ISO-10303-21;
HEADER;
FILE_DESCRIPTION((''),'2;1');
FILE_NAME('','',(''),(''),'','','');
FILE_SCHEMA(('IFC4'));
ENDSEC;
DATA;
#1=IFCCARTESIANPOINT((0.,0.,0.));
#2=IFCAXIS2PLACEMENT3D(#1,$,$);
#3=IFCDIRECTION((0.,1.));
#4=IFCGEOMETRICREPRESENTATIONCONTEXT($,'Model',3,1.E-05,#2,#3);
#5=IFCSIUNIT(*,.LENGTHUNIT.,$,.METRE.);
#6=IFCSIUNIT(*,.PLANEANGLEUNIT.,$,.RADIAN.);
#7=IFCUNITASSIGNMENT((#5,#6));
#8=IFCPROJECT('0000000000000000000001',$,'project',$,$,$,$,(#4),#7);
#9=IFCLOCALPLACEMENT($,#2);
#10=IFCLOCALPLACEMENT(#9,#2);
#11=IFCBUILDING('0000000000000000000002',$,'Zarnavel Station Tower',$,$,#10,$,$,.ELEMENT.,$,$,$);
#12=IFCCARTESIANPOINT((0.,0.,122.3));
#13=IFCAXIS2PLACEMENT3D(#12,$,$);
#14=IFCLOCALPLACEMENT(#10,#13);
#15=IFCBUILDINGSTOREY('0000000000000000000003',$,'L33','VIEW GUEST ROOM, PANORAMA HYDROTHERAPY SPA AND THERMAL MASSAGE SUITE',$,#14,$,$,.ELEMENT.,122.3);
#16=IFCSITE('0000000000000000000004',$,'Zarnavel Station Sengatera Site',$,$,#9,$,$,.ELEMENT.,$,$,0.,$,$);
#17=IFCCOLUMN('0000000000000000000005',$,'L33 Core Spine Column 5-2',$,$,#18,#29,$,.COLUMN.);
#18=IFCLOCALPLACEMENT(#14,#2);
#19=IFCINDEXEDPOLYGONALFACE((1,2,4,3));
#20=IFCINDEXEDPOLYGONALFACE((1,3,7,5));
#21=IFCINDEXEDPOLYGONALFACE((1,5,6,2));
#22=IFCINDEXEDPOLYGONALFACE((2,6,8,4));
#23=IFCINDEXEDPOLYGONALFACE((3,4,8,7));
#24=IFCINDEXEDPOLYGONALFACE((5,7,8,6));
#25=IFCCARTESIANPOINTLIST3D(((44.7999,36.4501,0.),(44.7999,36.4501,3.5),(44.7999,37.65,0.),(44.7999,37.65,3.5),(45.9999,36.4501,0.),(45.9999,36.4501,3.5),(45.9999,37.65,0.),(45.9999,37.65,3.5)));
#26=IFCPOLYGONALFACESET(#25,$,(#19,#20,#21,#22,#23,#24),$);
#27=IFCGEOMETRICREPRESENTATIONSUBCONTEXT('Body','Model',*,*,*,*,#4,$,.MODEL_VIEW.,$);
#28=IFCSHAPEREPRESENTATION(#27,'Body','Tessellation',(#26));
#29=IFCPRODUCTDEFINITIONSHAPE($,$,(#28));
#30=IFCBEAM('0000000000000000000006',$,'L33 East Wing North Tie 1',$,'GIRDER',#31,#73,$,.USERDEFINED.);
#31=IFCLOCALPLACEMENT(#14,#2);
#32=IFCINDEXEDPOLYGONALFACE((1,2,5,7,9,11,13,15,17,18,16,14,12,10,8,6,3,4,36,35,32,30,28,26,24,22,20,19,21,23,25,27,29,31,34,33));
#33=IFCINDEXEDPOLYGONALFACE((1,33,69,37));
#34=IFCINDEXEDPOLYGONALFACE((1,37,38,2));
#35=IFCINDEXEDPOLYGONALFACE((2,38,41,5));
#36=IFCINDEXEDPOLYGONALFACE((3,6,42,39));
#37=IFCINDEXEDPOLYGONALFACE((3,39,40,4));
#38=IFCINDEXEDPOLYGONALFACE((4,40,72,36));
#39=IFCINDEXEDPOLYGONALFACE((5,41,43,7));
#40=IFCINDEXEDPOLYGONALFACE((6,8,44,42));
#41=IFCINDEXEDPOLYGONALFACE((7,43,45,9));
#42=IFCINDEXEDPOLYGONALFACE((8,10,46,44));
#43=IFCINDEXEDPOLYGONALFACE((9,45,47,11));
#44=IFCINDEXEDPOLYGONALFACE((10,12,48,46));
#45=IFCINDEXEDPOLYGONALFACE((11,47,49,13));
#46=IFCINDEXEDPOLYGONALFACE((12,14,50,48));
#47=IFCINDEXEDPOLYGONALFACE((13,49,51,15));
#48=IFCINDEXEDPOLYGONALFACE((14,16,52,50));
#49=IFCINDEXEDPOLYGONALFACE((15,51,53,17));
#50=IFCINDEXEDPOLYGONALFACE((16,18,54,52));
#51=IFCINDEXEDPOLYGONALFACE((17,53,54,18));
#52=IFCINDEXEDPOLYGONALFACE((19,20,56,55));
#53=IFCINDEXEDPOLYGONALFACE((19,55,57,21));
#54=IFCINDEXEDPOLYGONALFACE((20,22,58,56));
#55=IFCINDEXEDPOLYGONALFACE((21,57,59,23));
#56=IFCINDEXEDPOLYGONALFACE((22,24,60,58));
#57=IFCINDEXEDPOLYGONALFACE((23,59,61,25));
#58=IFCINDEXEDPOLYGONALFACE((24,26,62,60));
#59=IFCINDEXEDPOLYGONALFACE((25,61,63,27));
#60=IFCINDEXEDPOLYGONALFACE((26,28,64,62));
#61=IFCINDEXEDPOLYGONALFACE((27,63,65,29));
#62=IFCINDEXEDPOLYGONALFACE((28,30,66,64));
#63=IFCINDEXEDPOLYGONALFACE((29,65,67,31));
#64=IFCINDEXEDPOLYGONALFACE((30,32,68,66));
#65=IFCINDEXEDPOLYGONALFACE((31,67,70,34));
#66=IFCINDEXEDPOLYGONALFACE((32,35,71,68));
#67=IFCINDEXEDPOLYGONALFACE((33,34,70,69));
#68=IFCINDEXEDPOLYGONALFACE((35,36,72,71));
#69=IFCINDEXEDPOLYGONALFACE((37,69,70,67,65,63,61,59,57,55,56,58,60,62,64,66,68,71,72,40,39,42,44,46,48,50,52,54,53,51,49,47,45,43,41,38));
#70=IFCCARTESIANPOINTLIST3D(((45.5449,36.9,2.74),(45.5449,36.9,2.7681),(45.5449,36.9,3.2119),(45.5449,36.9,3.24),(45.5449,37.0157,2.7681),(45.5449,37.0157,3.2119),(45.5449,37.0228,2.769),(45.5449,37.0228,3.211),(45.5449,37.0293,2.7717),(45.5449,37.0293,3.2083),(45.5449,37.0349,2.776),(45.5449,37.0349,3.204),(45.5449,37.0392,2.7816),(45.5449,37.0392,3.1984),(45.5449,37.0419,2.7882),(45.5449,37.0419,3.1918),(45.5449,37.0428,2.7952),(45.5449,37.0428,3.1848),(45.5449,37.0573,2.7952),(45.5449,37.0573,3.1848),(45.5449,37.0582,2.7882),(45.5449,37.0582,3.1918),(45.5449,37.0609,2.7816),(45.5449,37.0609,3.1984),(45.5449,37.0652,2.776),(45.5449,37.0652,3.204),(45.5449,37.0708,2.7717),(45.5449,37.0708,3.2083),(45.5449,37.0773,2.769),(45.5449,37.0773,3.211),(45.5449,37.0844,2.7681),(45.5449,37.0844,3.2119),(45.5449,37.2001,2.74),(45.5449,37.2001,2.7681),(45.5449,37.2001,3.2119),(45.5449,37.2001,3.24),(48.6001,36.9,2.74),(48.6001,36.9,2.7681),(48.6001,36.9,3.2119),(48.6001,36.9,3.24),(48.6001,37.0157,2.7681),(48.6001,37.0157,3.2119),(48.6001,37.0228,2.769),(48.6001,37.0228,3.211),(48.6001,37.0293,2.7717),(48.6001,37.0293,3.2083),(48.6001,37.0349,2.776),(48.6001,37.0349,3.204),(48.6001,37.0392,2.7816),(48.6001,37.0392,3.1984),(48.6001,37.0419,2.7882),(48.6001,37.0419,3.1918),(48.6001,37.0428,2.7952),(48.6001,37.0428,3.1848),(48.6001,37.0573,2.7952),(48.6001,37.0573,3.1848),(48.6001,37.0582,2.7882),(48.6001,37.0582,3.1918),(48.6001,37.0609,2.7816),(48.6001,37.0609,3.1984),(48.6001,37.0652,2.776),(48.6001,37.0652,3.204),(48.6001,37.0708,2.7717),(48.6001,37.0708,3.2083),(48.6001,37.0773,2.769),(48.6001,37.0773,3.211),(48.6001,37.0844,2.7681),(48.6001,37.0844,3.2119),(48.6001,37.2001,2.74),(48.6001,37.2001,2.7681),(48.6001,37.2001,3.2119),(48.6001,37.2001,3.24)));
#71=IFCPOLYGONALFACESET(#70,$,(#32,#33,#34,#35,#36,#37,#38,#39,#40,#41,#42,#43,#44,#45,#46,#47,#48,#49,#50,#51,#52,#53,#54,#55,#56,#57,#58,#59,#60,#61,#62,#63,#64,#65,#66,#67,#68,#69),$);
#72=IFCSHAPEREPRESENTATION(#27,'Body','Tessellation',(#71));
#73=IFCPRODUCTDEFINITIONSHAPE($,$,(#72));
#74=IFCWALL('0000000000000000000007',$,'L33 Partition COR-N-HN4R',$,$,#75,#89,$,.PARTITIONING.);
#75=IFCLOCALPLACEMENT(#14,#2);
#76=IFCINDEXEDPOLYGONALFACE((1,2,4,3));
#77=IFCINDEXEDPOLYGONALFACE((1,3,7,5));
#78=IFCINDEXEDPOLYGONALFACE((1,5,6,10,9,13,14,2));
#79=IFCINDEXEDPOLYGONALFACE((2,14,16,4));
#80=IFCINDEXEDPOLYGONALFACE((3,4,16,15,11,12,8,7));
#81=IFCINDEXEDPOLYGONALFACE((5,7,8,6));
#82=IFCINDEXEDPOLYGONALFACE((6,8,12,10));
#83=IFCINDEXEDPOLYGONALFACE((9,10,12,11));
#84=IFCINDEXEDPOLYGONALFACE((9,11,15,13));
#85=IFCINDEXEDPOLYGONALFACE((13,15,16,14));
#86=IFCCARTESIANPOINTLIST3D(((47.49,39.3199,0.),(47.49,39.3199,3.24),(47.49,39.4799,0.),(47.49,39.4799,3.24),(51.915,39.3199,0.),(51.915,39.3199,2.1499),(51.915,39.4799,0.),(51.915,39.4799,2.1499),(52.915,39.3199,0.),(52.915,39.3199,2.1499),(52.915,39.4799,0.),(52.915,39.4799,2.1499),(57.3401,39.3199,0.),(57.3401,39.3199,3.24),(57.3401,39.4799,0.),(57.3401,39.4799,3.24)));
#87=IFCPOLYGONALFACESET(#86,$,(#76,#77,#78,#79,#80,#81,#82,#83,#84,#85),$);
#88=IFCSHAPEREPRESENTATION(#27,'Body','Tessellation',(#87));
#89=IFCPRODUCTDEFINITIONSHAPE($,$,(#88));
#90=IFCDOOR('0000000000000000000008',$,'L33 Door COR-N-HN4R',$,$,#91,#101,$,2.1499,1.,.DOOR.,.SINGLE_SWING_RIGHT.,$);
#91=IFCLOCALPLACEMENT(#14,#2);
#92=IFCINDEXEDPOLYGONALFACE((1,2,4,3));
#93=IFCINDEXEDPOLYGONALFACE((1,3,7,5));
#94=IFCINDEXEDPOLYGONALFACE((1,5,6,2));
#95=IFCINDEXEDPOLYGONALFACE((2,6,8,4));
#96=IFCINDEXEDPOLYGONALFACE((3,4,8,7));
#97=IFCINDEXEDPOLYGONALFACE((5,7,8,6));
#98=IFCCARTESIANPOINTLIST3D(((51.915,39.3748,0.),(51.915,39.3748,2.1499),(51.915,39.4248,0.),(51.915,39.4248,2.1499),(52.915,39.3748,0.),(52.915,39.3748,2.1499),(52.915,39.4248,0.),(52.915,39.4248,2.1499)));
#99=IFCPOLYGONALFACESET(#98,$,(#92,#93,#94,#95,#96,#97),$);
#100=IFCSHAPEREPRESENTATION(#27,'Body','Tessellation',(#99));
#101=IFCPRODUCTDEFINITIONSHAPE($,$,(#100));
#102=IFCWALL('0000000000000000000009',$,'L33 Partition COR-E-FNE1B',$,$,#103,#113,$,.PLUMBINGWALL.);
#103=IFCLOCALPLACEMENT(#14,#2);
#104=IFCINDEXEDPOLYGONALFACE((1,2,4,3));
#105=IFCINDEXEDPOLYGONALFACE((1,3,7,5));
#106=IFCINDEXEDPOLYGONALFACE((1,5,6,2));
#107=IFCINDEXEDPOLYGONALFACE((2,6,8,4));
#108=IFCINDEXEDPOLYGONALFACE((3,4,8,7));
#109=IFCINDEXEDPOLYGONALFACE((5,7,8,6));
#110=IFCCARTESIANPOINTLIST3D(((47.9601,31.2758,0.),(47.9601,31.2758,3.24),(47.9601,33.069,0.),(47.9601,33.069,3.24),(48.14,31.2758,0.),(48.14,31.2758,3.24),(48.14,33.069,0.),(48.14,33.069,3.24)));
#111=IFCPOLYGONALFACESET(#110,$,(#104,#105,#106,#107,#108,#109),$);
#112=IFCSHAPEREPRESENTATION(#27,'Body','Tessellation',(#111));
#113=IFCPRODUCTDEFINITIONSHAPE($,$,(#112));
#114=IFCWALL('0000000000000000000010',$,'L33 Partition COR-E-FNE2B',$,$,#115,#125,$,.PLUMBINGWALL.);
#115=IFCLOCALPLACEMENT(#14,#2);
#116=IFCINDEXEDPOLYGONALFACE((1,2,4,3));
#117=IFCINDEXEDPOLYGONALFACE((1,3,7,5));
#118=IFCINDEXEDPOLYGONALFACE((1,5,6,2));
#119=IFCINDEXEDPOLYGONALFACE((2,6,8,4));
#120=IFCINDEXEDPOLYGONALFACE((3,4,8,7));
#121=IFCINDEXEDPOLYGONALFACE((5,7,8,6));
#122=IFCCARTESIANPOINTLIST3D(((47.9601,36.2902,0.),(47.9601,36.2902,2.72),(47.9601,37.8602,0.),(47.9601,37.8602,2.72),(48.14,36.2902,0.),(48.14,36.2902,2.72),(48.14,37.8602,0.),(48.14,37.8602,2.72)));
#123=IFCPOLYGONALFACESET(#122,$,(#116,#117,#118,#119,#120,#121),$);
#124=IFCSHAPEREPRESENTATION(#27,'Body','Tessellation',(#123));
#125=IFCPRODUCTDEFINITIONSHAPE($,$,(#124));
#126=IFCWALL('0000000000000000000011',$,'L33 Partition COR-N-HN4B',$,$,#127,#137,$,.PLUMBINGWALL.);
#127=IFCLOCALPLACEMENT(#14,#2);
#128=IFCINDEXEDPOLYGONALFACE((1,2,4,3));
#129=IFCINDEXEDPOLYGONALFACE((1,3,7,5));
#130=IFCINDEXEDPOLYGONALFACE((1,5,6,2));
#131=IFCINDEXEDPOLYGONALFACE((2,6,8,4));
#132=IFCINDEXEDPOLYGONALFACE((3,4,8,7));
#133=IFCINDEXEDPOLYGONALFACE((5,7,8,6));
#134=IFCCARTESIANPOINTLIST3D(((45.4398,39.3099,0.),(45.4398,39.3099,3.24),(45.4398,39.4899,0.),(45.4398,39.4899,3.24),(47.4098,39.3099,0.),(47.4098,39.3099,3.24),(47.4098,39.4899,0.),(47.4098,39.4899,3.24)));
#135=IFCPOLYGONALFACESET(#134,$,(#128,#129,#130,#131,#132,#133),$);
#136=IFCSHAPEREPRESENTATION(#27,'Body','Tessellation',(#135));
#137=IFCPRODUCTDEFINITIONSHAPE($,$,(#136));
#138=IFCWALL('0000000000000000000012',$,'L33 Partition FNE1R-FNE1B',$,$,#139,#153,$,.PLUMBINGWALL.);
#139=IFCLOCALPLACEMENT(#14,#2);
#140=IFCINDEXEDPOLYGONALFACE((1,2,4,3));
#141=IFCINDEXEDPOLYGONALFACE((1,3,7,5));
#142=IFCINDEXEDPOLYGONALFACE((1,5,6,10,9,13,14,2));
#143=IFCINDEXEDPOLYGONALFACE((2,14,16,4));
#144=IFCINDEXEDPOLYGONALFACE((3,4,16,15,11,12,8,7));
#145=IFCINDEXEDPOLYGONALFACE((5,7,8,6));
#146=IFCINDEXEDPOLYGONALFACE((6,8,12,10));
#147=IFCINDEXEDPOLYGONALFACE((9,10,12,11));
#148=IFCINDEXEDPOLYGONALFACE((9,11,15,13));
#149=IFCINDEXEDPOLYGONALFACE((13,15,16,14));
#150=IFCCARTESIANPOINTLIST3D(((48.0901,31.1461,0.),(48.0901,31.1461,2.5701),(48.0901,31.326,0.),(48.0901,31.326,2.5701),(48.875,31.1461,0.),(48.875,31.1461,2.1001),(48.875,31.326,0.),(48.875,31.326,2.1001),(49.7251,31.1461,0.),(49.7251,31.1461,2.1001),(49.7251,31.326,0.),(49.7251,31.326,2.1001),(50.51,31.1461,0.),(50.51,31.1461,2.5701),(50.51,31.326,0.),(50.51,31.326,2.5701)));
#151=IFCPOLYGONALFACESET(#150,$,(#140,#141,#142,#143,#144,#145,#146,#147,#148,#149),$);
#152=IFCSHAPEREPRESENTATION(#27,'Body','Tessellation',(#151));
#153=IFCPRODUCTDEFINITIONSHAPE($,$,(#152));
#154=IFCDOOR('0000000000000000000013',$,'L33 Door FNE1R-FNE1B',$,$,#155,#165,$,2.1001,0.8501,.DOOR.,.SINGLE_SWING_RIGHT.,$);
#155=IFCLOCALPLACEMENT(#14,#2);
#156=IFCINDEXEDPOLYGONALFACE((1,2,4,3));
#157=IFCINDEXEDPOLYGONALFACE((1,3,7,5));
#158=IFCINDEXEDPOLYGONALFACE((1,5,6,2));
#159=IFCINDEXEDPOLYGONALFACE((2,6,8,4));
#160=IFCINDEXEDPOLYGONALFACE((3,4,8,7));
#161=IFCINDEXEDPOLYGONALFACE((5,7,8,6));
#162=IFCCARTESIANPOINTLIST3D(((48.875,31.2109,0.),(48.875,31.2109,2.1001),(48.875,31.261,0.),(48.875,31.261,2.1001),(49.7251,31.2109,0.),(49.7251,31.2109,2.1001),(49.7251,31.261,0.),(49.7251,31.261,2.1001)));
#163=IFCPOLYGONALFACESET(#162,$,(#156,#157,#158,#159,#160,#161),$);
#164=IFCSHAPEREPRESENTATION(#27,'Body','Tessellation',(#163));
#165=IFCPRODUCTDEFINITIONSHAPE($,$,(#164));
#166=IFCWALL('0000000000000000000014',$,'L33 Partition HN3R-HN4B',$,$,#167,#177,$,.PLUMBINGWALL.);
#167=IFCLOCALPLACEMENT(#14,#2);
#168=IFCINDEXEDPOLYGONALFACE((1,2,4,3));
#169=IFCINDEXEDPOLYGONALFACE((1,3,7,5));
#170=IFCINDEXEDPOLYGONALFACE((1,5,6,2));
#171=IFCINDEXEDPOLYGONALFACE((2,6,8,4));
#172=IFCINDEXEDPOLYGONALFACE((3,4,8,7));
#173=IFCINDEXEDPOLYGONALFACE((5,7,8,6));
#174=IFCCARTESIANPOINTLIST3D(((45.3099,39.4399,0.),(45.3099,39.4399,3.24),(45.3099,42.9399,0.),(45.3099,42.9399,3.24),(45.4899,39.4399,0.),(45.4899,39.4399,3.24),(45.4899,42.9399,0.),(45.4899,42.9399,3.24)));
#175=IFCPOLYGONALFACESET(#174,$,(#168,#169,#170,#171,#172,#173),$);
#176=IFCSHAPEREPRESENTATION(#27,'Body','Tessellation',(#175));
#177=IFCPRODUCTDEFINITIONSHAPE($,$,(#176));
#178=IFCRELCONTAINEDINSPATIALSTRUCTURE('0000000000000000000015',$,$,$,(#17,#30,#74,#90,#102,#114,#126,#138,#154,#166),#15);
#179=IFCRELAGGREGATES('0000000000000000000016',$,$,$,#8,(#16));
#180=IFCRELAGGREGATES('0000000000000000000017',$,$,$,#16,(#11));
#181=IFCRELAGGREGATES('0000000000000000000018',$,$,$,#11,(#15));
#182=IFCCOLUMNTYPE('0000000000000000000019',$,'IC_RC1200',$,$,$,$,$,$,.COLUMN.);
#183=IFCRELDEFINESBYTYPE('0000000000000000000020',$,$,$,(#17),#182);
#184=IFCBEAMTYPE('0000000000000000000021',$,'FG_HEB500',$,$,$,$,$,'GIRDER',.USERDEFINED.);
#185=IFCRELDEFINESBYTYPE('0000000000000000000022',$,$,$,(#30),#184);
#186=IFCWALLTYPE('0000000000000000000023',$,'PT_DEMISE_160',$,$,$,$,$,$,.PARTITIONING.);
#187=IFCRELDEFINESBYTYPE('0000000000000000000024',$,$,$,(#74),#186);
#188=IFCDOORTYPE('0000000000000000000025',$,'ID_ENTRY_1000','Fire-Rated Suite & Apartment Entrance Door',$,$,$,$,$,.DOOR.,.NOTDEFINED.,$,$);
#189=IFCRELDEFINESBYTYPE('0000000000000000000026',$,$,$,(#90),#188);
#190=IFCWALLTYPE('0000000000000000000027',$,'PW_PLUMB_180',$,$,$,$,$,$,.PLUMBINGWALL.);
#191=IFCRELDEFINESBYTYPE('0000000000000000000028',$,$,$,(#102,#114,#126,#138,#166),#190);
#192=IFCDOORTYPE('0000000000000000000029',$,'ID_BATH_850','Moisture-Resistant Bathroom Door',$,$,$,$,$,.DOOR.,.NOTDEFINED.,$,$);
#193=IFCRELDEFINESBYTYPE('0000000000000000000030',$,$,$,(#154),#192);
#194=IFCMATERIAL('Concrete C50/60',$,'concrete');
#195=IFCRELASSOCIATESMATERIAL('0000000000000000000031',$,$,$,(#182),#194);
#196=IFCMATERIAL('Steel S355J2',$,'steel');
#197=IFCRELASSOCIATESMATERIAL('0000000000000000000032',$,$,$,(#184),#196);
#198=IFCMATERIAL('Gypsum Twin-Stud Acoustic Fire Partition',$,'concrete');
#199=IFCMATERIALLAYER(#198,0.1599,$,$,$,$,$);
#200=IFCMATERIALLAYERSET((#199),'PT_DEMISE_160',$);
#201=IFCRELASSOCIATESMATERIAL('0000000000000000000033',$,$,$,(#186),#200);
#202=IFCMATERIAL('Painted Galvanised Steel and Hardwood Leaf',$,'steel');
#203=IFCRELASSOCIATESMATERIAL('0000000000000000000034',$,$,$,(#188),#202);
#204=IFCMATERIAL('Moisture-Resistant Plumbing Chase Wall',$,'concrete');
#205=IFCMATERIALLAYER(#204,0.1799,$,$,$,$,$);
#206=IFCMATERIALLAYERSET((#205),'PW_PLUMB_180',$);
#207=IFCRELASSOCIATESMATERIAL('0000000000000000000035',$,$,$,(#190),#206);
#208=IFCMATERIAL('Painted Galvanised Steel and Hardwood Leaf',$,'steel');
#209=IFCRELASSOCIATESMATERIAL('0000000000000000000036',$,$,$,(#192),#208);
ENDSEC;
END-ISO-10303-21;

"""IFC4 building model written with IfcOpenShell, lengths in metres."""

from ifc_helpers import new_model, si_unit, direction, frame, frame_2d, origin, origin_2d, place, context, subcontext, project, spatial, rectangle, i_section, extrude, material, layer, layer_set, material_profile, profile_set, type_object, element, fill, save


model = new_model("IFC4")

# Units and contexts
model_context = context("Model", 3, precision=1e-05, world=origin(), true_north=direction((0.0, 1.0)))
body_context = subcontext(model_context, "Body", "Model", "MODEL_VIEW")
ifc_project = project(units=[si_unit("LENGTHUNIT", "METRE"), si_unit("PLANEANGLEUNIT", "RADIAN")], contexts=[model_context])

# Site, building, storey
site_placement = place(None, origin())
site = spatial("IfcSite", under=ifc_project, at=site_placement, Name="Zarnavel Station Sengatera Site", CompositionType="ELEMENT", RefElevation=0.0)
building_placement = place(site_placement, origin())
building = spatial("IfcBuilding", under=site, at=building_placement, Name="Zarnavel Station Tower", CompositionType="ELEMENT")
storey_placement = place(building_placement, frame((0.0, 0.0, 122.3)))
storey = spatial("IfcBuildingStorey", under=building, at=storey_placement, Name="L33", Description="VIEW GUEST ROOM, PANORAMA HYDROTHERAPY SPA AND THERMAL MASSAGE SUITE", CompositionType="ELEMENT", Elevation=122.3)

# Column
ifc_material_1 = material(Name="Concrete C50/60", Category="concrete")
ifc_material_profile_1 = material_profile(ifc_material_1, rectangle(XDim=1.2, YDim=1.2, at=origin_2d()), Name="RC1200x1200")
ifc_profile_set_1 = profile_set([ifc_material_profile_1], Name="Concrete C50/60")
column_type = type_object("IfcColumnType", Name="IC_RC1200", PredefinedType="COLUMN", material=ifc_profile_set_1)
column_placement = place(storey_placement, frame((45.3999, 37.05, 0.0), z_axis=(0.0, 0.0, 1.0), x_axis=(1.0, 0.0, 0.0)))
element("IfcColumn", 1, at=column_placement, inside=storey, type_object=column_type, Name="L33 Core Spine Column 5-2", PredefinedType="COLUMN", context=body_context, shape_type="SweptSolid", body=[
    extrude(rectangle(XDim=1.2, YDim=1.2, at=origin_2d()), origin(), (0.0, 0.0, 1.0), 3.5),
])

# Beam
ifc_material_2 = material(Name="Steel S355J2", Category="steel")
ifc_material_profile_2 = material_profile(ifc_material_2, i_section(OverallWidth=0.3, OverallDepth=0.5, WebThickness=0.0144, FlangeThickness=0.0281, FilletRadius=0.0271, at=origin_2d()), Name="HEB500")
ifc_profile_set_2 = profile_set([ifc_material_profile_2], Name="Steel S355J2")
beam_type = type_object("IfcBeamType", Name="FG_HEB500", ElementType="GIRDER", PredefinedType="USERDEFINED", material=ifc_profile_set_2)
beam_placement = place(storey_placement, frame((45.5449, 37.05, 2.99), z_axis=(1.0, 0.0, 0.0), x_axis=(0.0, 1.0, 0.0)))
element("IfcBeam", 2, at=beam_placement, inside=storey, type_object=beam_type, Name="L33 East Wing North Tie 1", ObjectType="GIRDER", PredefinedType="USERDEFINED", context=body_context, shape_type="SweptSolid", body=[
    extrude(i_section(OverallWidth=0.3, OverallDepth=0.5, WebThickness=0.0144, FlangeThickness=0.0281, FilletRadius=0.0271, at=origin_2d()), origin(), (0.0, 0.0, 1.0), 3.0552),
])

# Wall, opening, door
ifc_material_3 = material(Name="Gypsum Twin-Stud Acoustic Fire Partition", Category="concrete")
ifc_layer_1 = layer(ifc_material_3, 0.1599)
ifc_layer_set_1 = layer_set([ifc_layer_1], Name="PT_DEMISE_160")
wall_type_1 = type_object("IfcWallType", Name="PT_DEMISE_160", PredefinedType="PARTITIONING", material=ifc_layer_set_1)
ifc_material_4 = material(Name="Painted Galvanised Steel and Hardwood Leaf", Category="steel")
door_type_1 = type_object("IfcDoorType", Name="ID_ENTRY_1000", Description="Fire-Rated Suite & Apartment Entrance Door", OperationType="NOTDEFINED", PredefinedType="DOOR", material=ifc_material_4)
wall_1_placement = place(storey_placement, frame((47.49, 39.3999, 0.0), z_axis=(0.0, 0.0, 1.0), x_axis=(1.0, 0.0, 0.0)))
wall_1 = element("IfcWall", 3, at=wall_1_placement, inside=storey, type_object=wall_type_1, Name="L33 Partition COR-N-HN4R", PredefinedType="PARTITIONING", context=body_context, shape_type="SweptSolid", body=[
    extrude(rectangle(XDim=9.8501, YDim=0.1599, at=frame_2d((4.925, 0.0))), origin(), (0.0, 0.0, 1.0), 3.24),
])
opening_1_placement = place(wall_1_placement, frame((4.425, 0.0, 0.0)))
opening_1 = element("IfcOpeningElement", 4, at=opening_1_placement, cuts=wall_1, PredefinedType="OPENING", context=body_context, shape_type="SweptSolid", body=[
    extrude(rectangle(XDim=1.0, YDim=2.1499, at=frame_2d((0.5, 1.075))), frame((0.0, 0.0898, 0.0), z_axis=(0.0, -1.0, 0.0), x_axis=(1.0, 0.0, 0.0)), (0.0, 0.0, 1.0), 0.1799),
])
door_1_placement = place(opening_1_placement, origin())
door_1 = element("IfcDoor", 5, at=door_1_placement, inside=storey, type_object=door_type_1, Name="L33 Door COR-N-HN4R", OperationType="SINGLE_SWING_RIGHT", OverallHeight=2.1499, OverallWidth=1.0, PredefinedType="DOOR", context=body_context, shape_type="SweptSolid", body=[
    extrude(rectangle(XDim=1.0, YDim=2.1499, at=frame_2d((0.5, 1.075))), frame((0.0, 0.0249, 0.0), z_axis=(0.0, -1.0, 0.0), x_axis=(1.0, 0.0, 0.0)), (0.0, 0.0, 1.0), 0.05),
])
fill(opening_1, door_1)

# Walls
ifc_material_5 = material(Name="Moisture-Resistant Plumbing Chase Wall", Category="concrete")
ifc_layer_2 = layer(ifc_material_5, 0.1799)
ifc_layer_set_2 = layer_set([ifc_layer_2], Name="PW_PLUMB_180")
wall_type_2 = type_object("IfcWallType", Name="PW_PLUMB_180", PredefinedType="PLUMBINGWALL", material=ifc_layer_set_2)
wall_2_placement = place(storey_placement, frame((48.05, 31.2759, 0.0), z_axis=(0.0, 0.0, 1.0), x_axis=(0.0, 1.0, 0.0)))
element("IfcWall", 6, at=wall_2_placement, inside=storey, type_object=wall_type_2, Name="L33 Partition COR-E-FNE1B", PredefinedType="PLUMBINGWALL", context=body_context, shape_type="SweptSolid", body=[
    extrude(rectangle(XDim=1.7932, YDim=0.1799, at=frame_2d((0.8965, 0.0))), origin(), (0.0, 0.0, 1.0), 3.24),
])
wall_3_placement = place(storey_placement, frame((48.05, 36.29, 0.0), z_axis=(0.0, 0.0, 1.0), x_axis=(0.0, 1.0, 0.0)))
element("IfcWall", 7, at=wall_3_placement, inside=storey, type_object=wall_type_2, Name="L33 Partition COR-E-FNE2B", PredefinedType="PLUMBINGWALL", context=body_context, shape_type="SweptSolid", body=[
    extrude(rectangle(XDim=1.5701, YDim=0.1799, at=frame_2d((0.7852, 0.0))), origin(), (0.0, 0.0, 1.0), 2.72),
])
wall_4_placement = place(storey_placement, frame((45.4399, 39.3999, 0.0), z_axis=(0.0, 0.0, 1.0), x_axis=(1.0, 0.0, 0.0)))
element("IfcWall", 8, at=wall_4_placement, inside=storey, type_object=wall_type_2, Name="L33 Partition COR-N-HN4B", PredefinedType="PLUMBINGWALL", context=body_context, shape_type="SweptSolid", body=[
    extrude(rectangle(XDim=1.97, YDim=0.1799, at=frame_2d((0.9849, 0.0))), origin(), (0.0, 0.0, 1.0), 3.24),
])

# Wall, opening, door
wall_5_placement = place(storey_placement, frame((48.0901, 31.2361, 0.0), z_axis=(0.0, 0.0, 1.0), x_axis=(1.0, 0.0, 0.0)))
wall_5 = element("IfcWall", 9, at=wall_5_placement, inside=storey, type_object=wall_type_2, Name="L33 Partition FNE1R-FNE1B", PredefinedType="PLUMBINGWALL", context=body_context, shape_type="SweptSolid", body=[
    extrude(rectangle(XDim=2.4199, YDim=0.1799, at=frame_2d((1.21, 0.0))), origin(), (0.0, 0.0, 1.0), 2.5701),
])
opening_2_placement = place(wall_5_placement, frame((0.7849, 0.0, 0.0)))
opening_2 = element("IfcOpeningElement", 10, at=opening_2_placement, cuts=wall_5, PredefinedType="OPENING", context=body_context, shape_type="SweptSolid", body=[
    extrude(rectangle(XDim=0.8501, YDim=2.1001, at=frame_2d((0.425, 1.05))), frame((0.0, 0.0999, 0.0), z_axis=(0.0, -1.0, 0.0), x_axis=(1.0, 0.0, 0.0)), (0.0, 0.0, 1.0), 0.2),
])
ifc_material_6 = material(Name="Painted Galvanised Steel and Hardwood Leaf", Category="steel")
door_type_2 = type_object("IfcDoorType", Name="ID_BATH_850", Description="Moisture-Resistant Bathroom Door", OperationType="NOTDEFINED", PredefinedType="DOOR", material=ifc_material_6)
door_2_placement = place(opening_2_placement, origin())
door_2 = element("IfcDoor", 11, at=door_2_placement, inside=storey, type_object=door_type_2, Name="L33 Door FNE1R-FNE1B", OperationType="SINGLE_SWING_RIGHT", OverallHeight=2.1001, OverallWidth=0.8501, PredefinedType="DOOR", context=body_context, shape_type="SweptSolid", body=[
    extrude(rectangle(XDim=0.8501, YDim=2.1001, at=frame_2d((0.425, 1.05))), frame((0.0, 0.0249, 0.0), z_axis=(0.0, -1.0, 0.0), x_axis=(1.0, 0.0, 0.0)), (0.0, 0.0, 1.0), 0.05),
])
fill(opening_2, door_2)

# Wall
wall_6_placement = place(storey_placement, frame((45.3999, 39.4399, 0.0), z_axis=(0.0, 0.0, 1.0), x_axis=(0.0, 1.0, 0.0)))
element("IfcWall", 12, at=wall_6_placement, inside=storey, type_object=wall_type_2, Name="L33 Partition HN3R-HN4B", PredefinedType="PLUMBINGWALL", context=body_context, shape_type="SweptSolid", body=[
    extrude(rectangle(XDim=3.5, YDim=0.1799, at=frame_2d((1.75, 0.0))), origin(), (0.0, 0.0, 1.0), 3.24),
])

save(model, "model.ifc")
